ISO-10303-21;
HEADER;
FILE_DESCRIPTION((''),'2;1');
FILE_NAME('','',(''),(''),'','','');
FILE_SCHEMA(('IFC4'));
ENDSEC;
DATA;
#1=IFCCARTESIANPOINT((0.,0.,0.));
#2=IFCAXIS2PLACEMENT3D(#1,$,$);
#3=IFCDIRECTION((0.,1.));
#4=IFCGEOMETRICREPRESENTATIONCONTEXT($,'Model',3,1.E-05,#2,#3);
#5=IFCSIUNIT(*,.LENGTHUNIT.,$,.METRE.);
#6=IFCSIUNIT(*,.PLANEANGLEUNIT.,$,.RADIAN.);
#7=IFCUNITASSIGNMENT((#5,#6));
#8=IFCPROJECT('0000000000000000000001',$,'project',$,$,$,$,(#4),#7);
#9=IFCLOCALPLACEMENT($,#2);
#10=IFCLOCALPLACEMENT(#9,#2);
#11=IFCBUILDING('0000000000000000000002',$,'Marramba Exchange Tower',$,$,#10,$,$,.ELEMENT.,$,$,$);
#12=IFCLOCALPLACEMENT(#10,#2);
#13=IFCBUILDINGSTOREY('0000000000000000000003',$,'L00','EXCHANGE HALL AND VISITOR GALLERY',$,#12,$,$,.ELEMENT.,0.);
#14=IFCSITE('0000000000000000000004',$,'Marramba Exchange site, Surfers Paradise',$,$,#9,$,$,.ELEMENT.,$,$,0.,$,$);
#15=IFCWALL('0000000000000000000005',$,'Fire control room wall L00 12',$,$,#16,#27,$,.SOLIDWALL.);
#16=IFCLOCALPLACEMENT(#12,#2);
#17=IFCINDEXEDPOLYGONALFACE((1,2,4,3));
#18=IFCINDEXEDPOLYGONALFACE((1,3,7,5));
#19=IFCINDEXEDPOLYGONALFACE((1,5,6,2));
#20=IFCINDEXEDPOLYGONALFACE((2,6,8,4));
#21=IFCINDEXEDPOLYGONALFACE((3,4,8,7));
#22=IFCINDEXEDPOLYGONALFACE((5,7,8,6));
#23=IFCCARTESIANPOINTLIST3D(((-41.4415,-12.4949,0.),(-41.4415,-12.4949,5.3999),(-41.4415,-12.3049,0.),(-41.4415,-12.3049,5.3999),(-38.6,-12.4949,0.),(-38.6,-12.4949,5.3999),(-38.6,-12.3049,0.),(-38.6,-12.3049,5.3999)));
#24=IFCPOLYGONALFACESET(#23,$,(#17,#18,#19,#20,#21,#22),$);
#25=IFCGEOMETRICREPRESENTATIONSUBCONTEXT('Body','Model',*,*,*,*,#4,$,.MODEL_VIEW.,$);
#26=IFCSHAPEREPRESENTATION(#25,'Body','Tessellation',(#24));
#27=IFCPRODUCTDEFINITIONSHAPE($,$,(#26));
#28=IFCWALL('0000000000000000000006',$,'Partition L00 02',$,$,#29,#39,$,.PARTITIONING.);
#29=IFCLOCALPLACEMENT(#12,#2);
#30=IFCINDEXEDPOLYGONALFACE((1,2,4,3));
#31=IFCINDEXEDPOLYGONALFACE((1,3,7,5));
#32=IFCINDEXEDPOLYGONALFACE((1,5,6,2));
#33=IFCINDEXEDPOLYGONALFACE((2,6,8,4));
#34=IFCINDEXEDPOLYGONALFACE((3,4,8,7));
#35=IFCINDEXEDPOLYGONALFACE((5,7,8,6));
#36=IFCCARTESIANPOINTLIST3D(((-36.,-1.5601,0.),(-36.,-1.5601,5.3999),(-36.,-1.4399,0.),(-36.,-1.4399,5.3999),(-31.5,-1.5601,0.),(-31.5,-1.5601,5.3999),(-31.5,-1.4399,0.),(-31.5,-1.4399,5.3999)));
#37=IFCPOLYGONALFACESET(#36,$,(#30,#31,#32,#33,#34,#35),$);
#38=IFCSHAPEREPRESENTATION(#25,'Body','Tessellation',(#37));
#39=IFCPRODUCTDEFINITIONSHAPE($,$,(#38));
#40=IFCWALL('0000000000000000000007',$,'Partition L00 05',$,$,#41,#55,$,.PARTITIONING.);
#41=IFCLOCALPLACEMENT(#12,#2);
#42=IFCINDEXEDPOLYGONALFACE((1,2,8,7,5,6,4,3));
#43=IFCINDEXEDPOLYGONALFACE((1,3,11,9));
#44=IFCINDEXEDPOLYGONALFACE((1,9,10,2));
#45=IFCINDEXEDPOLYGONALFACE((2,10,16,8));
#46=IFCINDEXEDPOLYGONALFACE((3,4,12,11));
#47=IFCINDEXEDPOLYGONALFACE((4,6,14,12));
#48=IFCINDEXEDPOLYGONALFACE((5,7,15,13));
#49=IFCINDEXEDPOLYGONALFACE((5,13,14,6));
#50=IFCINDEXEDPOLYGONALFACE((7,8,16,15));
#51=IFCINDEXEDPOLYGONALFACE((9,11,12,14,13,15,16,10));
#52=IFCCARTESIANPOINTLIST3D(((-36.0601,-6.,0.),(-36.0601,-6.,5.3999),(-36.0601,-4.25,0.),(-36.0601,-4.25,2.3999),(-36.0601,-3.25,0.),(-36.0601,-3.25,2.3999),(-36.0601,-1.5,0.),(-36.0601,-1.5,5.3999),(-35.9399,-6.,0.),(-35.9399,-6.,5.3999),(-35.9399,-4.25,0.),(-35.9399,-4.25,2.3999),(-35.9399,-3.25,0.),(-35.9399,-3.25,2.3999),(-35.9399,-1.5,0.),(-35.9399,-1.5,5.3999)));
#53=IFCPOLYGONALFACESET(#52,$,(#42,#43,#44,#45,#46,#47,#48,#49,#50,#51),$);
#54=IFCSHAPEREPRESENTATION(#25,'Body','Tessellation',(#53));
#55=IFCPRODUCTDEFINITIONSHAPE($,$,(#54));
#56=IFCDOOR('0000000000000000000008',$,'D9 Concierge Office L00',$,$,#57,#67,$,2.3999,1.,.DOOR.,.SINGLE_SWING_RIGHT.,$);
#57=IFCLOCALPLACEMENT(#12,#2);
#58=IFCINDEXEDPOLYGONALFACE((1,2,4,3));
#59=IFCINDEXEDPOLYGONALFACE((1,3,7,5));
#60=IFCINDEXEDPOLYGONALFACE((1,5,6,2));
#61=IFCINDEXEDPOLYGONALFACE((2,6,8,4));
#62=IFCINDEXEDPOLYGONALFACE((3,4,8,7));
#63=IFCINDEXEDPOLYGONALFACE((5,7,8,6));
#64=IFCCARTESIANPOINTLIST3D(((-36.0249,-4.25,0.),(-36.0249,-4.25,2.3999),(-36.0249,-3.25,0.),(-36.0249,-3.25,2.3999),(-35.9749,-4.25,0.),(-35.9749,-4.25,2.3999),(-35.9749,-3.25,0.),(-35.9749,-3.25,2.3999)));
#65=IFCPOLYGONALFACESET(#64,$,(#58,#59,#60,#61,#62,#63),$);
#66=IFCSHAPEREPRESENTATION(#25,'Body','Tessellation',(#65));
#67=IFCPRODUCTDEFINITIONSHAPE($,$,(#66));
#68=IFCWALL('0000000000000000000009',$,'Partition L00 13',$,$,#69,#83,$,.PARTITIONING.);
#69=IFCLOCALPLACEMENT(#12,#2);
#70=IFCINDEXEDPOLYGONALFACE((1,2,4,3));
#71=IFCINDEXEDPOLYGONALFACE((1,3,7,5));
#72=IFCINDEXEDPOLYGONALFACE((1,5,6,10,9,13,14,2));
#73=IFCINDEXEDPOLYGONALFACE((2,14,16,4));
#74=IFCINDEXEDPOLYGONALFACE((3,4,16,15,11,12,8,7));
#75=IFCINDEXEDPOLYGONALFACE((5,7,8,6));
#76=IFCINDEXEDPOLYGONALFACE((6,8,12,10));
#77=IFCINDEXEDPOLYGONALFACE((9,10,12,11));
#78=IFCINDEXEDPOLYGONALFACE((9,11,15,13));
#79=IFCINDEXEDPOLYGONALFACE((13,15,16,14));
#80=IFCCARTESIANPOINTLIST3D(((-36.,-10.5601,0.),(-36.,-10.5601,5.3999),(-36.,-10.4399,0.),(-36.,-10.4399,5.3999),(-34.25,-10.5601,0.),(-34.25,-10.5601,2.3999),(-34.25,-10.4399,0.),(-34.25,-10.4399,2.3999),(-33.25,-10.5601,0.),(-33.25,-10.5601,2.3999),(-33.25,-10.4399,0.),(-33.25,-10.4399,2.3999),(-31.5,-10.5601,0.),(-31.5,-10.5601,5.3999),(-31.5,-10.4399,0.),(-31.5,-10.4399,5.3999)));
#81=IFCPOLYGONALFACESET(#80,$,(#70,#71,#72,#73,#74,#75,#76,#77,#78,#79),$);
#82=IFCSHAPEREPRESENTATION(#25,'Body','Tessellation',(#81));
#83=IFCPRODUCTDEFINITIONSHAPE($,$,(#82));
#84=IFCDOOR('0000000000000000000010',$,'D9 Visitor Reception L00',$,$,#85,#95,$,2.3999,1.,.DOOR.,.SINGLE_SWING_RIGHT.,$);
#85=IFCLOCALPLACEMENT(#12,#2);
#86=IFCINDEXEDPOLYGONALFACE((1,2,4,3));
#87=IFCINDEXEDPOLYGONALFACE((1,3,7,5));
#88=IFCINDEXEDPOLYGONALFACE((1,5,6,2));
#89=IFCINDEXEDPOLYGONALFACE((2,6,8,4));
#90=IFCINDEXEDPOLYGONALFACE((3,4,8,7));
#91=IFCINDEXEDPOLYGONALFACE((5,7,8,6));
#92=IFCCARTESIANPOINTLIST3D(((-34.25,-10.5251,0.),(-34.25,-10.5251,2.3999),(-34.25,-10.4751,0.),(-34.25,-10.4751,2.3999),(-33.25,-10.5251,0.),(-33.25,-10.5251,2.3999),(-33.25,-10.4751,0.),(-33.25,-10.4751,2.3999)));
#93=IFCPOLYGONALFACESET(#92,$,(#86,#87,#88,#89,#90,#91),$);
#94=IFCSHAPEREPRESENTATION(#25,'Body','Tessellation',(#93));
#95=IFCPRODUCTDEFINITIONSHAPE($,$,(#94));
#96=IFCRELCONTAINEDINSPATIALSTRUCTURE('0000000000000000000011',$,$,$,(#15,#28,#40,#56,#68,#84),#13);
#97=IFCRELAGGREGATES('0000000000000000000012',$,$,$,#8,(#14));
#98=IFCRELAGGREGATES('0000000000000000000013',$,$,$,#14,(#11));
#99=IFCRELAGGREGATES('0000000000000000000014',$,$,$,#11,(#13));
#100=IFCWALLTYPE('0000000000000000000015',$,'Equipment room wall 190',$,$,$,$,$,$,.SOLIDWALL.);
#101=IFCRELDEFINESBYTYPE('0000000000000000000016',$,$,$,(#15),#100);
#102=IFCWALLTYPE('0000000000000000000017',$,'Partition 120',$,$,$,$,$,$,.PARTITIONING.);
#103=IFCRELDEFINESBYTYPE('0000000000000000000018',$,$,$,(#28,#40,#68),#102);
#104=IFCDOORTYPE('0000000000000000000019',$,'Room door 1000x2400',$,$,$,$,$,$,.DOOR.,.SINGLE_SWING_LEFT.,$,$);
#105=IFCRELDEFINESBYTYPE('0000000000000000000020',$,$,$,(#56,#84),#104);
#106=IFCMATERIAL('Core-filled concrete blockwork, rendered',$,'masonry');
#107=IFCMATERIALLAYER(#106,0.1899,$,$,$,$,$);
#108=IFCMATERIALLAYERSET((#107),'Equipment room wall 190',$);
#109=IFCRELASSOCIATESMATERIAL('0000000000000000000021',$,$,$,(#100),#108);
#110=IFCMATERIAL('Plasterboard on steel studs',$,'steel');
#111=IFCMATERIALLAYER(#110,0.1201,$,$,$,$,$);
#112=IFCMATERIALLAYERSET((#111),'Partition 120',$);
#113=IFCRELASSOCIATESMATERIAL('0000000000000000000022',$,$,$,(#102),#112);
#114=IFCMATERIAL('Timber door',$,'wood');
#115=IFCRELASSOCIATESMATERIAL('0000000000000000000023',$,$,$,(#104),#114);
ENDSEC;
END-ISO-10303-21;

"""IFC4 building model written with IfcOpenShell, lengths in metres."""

from ifc_helpers import new_model, si_unit, direction, frame, frame_2d, origin, place, context, subcontext, project, spatial, rectangle, extrude, material, layer, layer_set, type_object, element, fill, save


model = new_model("IFC4")

# Units and contexts
model_context = context("Model", 3, precision=1e-05, world=origin(), true_north=direction((0.0, 1.0)))
body_context = subcontext(model_context, "Body", "Model", "MODEL_VIEW")
ifc_project = project(units=[si_unit("LENGTHUNIT", "METRE"), si_unit("PLANEANGLEUNIT", "RADIAN")], contexts=[model_context])

# Site, building, storey
site_placement = place(None, origin())
site = spatial("IfcSite", under=ifc_project, at=site_placement, Name="Marramba Exchange site, Surfers Paradise", CompositionType="ELEMENT", RefElevation=0.0)
building_placement = place(site_placement, origin())
building = spatial("IfcBuilding", under=site, at=building_placement, Name="Marramba Exchange Tower", CompositionType="ELEMENT")
storey_placement = place(building_placement, origin())
storey = spatial("IfcBuildingStorey", under=building, at=storey_placement, Name="L00", Description="EXCHANGE HALL AND VISITOR GALLERY", CompositionType="ELEMENT", Elevation=0.0)

# Shared definitions
ifc_material_1 = material(Name="Core-filled concrete blockwork, rendered", Category="masonry")
ifc_layer_1 = layer(ifc_material_1, 0.1899)
ifc_layer_set_1 = layer_set([ifc_layer_1], Name="Equipment room wall 190")
wall_type_1 = type_object("IfcWallType", Name="Equipment room wall 190", PredefinedType="SOLIDWALL", material=ifc_layer_set_1)

# Walls
wall_1_placement = place(storey_placement, frame((-41.4417, -12.3999, 0.0), z_axis=(0.0, 0.0, 1.0), x_axis=(1.0, 0.0, 0.0)))
element("IfcWall", 1, at=wall_1_placement, inside=storey, type_object=wall_type_1, Name="Fire control room wall L00 12", PredefinedType="SOLIDWALL", context=body_context, shape_type="SweptSolid", body=[
    extrude(rectangle(XDim=2.8416, YDim=0.1899, at=frame_2d((1.4209, 0.0))), origin(), (0.0, 0.0, 1.0), 5.3999),
])
ifc_material_2 = material(Name="Plasterboard on steel studs", Category="steel")
ifc_layer_2 = layer(ifc_material_2, 0.1201)
ifc_layer_set_2 = layer_set([ifc_layer_2], Name="Partition 120")
wall_type_2 = type_object("IfcWallType", Name="Partition 120", PredefinedType="PARTITIONING", material=ifc_layer_set_2)
wall_2_placement = place(storey_placement, frame((-36.0, -1.5, 0.0), z_axis=(0.0, 0.0, 1.0), x_axis=(1.0, 0.0, 0.0)))
element("IfcWall", 2, at=wall_2_placement, inside=storey, type_object=wall_type_2, Name="Partition L00 02", PredefinedType="PARTITIONING", context=body_context, shape_type="SweptSolid", body=[
    extrude(rectangle(XDim=4.5, YDim=0.1201, at=frame_2d((2.25, 0.0))), origin(), (0.0, 0.0, 1.0), 5.3999),
])

# Walls, openings, doors
wall_3_placement = place(storey_placement, frame((-36.0, -6.0, 0.0), z_axis=(0.0, 0.0, 1.0), x_axis=(0.0, 1.0, 0.0)))
wall_3 = element("IfcWall", 3, at=wall_3_placement, inside=storey, type_object=wall_type_2, Name="Partition L00 05", PredefinedType="PARTITIONING", context=body_context, shape_type="SweptSolid", body=[
    extrude(rectangle(XDim=4.5, YDim=0.1201, at=frame_2d((2.25, 0.0))), origin(), (0.0, 0.0, 1.0), 5.3999),
])
opening_1_placement = place(wall_3_placement, frame((1.75, 0.0, 0.0)))
opening_1 = element("IfcOpeningElement", 4, at=opening_1_placement, cuts=wall_3, PredefinedType="OPENING", context=body_context, shape_type="SweptSolid", body=[
    extrude(rectangle(XDim=1.0, YDim=2.3999, at=frame_2d((0.5, 1.2))), frame((0.0, 0.0701, 0.0), z_axis=(0.0, -1.0, 0.0), x_axis=(1.0, 0.0, 0.0)), (0.0, 0.0, 1.0), 0.1401),
])
ifc_material_3 = material(Name="Timber door", Category="wood")
door_type_1 = type_object("IfcDoorType", Name="Room door 1000x2400", OperationType="SINGLE_SWING_LEFT", PredefinedType="DOOR", material=ifc_material_3)
door_1_placement = place(opening_1_placement, frame((1.0, 0.0, 0.0), z_axis=(0.0, 0.0, 1.0), x_axis=(-1.0, 0.0, 0.0)))
door_1 = element("IfcDoor", 5, at=door_1_placement, inside=storey, type_object=door_type_1, Name="D9 Concierge Office L00", OperationType="SINGLE_SWING_RIGHT", OverallHeight=2.3999, OverallWidth=1.0, PredefinedType="DOOR", context=body_context, shape_type="SweptSolid", body=[
    extrude(rectangle(XDim=1.0, YDim=2.3999, at=frame_2d((0.5, 1.2))), frame((0.0, 0.0251, 0.0), z_axis=(0.0, -1.0, 0.0), x_axis=(1.0, 0.0, 0.0)), (0.0, 0.0, 1.0), 0.05),
])
fill(opening_1, door_1)
wall_4_placement = place(storey_placement, frame((-36.0, -10.5, 0.0), z_axis=(0.0, 0.0, 1.0), x_axis=(1.0, 0.0, 0.0)))
wall_4 = element("IfcWall", 6, at=wall_4_placement, inside=storey, type_object=wall_type_2, Name="Partition L00 13", PredefinedType="PARTITIONING", context=body_context, shape_type="SweptSolid", body=[
    extrude(rectangle(XDim=4.5, YDim=0.1201, at=frame_2d((2.25, 0.0))), origin(), (0.0, 0.0, 1.0), 5.3999),
])
opening_2_placement = place(wall_4_placement, frame((1.75, 0.0, 0.0)))
opening_2 = element("IfcOpeningElement", 7, at=opening_2_placement, cuts=wall_4, PredefinedType="OPENING", context=body_context, shape_type="SweptSolid", body=[
    extrude(rectangle(XDim=1.0, YDim=2.3999, at=frame_2d((0.5, 1.2))), frame((0.0, 0.0701, 0.0), z_axis=(0.0, -1.0, 0.0), x_axis=(1.0, 0.0, 0.0)), (0.0, 0.0, 1.0), 0.1401),
])
door_2_placement = place(opening_2_placement, frame((1.0, 0.0, 0.0), z_axis=(0.0, 0.0, 1.0), x_axis=(-1.0, 0.0, 0.0)))
door_2 = element("IfcDoor", 8, at=door_2_placement, inside=storey, type_object=door_type_1, Name="D9 Visitor Reception L00", OperationType="SINGLE_SWING_RIGHT", OverallHeight=2.3999, OverallWidth=1.0, PredefinedType="DOOR", context=body_context, shape_type="SweptSolid", body=[
    extrude(rectangle(XDim=1.0, YDim=2.3999, at=frame_2d((0.5, 1.2))), frame((0.0, 0.0251, 0.0), z_axis=(0.0, -1.0, 0.0), x_axis=(1.0, 0.0, 0.0)), (0.0, 0.0, 1.0), 0.05),
])
fill(opening_2, door_2)

save(model, "model.ifc")
